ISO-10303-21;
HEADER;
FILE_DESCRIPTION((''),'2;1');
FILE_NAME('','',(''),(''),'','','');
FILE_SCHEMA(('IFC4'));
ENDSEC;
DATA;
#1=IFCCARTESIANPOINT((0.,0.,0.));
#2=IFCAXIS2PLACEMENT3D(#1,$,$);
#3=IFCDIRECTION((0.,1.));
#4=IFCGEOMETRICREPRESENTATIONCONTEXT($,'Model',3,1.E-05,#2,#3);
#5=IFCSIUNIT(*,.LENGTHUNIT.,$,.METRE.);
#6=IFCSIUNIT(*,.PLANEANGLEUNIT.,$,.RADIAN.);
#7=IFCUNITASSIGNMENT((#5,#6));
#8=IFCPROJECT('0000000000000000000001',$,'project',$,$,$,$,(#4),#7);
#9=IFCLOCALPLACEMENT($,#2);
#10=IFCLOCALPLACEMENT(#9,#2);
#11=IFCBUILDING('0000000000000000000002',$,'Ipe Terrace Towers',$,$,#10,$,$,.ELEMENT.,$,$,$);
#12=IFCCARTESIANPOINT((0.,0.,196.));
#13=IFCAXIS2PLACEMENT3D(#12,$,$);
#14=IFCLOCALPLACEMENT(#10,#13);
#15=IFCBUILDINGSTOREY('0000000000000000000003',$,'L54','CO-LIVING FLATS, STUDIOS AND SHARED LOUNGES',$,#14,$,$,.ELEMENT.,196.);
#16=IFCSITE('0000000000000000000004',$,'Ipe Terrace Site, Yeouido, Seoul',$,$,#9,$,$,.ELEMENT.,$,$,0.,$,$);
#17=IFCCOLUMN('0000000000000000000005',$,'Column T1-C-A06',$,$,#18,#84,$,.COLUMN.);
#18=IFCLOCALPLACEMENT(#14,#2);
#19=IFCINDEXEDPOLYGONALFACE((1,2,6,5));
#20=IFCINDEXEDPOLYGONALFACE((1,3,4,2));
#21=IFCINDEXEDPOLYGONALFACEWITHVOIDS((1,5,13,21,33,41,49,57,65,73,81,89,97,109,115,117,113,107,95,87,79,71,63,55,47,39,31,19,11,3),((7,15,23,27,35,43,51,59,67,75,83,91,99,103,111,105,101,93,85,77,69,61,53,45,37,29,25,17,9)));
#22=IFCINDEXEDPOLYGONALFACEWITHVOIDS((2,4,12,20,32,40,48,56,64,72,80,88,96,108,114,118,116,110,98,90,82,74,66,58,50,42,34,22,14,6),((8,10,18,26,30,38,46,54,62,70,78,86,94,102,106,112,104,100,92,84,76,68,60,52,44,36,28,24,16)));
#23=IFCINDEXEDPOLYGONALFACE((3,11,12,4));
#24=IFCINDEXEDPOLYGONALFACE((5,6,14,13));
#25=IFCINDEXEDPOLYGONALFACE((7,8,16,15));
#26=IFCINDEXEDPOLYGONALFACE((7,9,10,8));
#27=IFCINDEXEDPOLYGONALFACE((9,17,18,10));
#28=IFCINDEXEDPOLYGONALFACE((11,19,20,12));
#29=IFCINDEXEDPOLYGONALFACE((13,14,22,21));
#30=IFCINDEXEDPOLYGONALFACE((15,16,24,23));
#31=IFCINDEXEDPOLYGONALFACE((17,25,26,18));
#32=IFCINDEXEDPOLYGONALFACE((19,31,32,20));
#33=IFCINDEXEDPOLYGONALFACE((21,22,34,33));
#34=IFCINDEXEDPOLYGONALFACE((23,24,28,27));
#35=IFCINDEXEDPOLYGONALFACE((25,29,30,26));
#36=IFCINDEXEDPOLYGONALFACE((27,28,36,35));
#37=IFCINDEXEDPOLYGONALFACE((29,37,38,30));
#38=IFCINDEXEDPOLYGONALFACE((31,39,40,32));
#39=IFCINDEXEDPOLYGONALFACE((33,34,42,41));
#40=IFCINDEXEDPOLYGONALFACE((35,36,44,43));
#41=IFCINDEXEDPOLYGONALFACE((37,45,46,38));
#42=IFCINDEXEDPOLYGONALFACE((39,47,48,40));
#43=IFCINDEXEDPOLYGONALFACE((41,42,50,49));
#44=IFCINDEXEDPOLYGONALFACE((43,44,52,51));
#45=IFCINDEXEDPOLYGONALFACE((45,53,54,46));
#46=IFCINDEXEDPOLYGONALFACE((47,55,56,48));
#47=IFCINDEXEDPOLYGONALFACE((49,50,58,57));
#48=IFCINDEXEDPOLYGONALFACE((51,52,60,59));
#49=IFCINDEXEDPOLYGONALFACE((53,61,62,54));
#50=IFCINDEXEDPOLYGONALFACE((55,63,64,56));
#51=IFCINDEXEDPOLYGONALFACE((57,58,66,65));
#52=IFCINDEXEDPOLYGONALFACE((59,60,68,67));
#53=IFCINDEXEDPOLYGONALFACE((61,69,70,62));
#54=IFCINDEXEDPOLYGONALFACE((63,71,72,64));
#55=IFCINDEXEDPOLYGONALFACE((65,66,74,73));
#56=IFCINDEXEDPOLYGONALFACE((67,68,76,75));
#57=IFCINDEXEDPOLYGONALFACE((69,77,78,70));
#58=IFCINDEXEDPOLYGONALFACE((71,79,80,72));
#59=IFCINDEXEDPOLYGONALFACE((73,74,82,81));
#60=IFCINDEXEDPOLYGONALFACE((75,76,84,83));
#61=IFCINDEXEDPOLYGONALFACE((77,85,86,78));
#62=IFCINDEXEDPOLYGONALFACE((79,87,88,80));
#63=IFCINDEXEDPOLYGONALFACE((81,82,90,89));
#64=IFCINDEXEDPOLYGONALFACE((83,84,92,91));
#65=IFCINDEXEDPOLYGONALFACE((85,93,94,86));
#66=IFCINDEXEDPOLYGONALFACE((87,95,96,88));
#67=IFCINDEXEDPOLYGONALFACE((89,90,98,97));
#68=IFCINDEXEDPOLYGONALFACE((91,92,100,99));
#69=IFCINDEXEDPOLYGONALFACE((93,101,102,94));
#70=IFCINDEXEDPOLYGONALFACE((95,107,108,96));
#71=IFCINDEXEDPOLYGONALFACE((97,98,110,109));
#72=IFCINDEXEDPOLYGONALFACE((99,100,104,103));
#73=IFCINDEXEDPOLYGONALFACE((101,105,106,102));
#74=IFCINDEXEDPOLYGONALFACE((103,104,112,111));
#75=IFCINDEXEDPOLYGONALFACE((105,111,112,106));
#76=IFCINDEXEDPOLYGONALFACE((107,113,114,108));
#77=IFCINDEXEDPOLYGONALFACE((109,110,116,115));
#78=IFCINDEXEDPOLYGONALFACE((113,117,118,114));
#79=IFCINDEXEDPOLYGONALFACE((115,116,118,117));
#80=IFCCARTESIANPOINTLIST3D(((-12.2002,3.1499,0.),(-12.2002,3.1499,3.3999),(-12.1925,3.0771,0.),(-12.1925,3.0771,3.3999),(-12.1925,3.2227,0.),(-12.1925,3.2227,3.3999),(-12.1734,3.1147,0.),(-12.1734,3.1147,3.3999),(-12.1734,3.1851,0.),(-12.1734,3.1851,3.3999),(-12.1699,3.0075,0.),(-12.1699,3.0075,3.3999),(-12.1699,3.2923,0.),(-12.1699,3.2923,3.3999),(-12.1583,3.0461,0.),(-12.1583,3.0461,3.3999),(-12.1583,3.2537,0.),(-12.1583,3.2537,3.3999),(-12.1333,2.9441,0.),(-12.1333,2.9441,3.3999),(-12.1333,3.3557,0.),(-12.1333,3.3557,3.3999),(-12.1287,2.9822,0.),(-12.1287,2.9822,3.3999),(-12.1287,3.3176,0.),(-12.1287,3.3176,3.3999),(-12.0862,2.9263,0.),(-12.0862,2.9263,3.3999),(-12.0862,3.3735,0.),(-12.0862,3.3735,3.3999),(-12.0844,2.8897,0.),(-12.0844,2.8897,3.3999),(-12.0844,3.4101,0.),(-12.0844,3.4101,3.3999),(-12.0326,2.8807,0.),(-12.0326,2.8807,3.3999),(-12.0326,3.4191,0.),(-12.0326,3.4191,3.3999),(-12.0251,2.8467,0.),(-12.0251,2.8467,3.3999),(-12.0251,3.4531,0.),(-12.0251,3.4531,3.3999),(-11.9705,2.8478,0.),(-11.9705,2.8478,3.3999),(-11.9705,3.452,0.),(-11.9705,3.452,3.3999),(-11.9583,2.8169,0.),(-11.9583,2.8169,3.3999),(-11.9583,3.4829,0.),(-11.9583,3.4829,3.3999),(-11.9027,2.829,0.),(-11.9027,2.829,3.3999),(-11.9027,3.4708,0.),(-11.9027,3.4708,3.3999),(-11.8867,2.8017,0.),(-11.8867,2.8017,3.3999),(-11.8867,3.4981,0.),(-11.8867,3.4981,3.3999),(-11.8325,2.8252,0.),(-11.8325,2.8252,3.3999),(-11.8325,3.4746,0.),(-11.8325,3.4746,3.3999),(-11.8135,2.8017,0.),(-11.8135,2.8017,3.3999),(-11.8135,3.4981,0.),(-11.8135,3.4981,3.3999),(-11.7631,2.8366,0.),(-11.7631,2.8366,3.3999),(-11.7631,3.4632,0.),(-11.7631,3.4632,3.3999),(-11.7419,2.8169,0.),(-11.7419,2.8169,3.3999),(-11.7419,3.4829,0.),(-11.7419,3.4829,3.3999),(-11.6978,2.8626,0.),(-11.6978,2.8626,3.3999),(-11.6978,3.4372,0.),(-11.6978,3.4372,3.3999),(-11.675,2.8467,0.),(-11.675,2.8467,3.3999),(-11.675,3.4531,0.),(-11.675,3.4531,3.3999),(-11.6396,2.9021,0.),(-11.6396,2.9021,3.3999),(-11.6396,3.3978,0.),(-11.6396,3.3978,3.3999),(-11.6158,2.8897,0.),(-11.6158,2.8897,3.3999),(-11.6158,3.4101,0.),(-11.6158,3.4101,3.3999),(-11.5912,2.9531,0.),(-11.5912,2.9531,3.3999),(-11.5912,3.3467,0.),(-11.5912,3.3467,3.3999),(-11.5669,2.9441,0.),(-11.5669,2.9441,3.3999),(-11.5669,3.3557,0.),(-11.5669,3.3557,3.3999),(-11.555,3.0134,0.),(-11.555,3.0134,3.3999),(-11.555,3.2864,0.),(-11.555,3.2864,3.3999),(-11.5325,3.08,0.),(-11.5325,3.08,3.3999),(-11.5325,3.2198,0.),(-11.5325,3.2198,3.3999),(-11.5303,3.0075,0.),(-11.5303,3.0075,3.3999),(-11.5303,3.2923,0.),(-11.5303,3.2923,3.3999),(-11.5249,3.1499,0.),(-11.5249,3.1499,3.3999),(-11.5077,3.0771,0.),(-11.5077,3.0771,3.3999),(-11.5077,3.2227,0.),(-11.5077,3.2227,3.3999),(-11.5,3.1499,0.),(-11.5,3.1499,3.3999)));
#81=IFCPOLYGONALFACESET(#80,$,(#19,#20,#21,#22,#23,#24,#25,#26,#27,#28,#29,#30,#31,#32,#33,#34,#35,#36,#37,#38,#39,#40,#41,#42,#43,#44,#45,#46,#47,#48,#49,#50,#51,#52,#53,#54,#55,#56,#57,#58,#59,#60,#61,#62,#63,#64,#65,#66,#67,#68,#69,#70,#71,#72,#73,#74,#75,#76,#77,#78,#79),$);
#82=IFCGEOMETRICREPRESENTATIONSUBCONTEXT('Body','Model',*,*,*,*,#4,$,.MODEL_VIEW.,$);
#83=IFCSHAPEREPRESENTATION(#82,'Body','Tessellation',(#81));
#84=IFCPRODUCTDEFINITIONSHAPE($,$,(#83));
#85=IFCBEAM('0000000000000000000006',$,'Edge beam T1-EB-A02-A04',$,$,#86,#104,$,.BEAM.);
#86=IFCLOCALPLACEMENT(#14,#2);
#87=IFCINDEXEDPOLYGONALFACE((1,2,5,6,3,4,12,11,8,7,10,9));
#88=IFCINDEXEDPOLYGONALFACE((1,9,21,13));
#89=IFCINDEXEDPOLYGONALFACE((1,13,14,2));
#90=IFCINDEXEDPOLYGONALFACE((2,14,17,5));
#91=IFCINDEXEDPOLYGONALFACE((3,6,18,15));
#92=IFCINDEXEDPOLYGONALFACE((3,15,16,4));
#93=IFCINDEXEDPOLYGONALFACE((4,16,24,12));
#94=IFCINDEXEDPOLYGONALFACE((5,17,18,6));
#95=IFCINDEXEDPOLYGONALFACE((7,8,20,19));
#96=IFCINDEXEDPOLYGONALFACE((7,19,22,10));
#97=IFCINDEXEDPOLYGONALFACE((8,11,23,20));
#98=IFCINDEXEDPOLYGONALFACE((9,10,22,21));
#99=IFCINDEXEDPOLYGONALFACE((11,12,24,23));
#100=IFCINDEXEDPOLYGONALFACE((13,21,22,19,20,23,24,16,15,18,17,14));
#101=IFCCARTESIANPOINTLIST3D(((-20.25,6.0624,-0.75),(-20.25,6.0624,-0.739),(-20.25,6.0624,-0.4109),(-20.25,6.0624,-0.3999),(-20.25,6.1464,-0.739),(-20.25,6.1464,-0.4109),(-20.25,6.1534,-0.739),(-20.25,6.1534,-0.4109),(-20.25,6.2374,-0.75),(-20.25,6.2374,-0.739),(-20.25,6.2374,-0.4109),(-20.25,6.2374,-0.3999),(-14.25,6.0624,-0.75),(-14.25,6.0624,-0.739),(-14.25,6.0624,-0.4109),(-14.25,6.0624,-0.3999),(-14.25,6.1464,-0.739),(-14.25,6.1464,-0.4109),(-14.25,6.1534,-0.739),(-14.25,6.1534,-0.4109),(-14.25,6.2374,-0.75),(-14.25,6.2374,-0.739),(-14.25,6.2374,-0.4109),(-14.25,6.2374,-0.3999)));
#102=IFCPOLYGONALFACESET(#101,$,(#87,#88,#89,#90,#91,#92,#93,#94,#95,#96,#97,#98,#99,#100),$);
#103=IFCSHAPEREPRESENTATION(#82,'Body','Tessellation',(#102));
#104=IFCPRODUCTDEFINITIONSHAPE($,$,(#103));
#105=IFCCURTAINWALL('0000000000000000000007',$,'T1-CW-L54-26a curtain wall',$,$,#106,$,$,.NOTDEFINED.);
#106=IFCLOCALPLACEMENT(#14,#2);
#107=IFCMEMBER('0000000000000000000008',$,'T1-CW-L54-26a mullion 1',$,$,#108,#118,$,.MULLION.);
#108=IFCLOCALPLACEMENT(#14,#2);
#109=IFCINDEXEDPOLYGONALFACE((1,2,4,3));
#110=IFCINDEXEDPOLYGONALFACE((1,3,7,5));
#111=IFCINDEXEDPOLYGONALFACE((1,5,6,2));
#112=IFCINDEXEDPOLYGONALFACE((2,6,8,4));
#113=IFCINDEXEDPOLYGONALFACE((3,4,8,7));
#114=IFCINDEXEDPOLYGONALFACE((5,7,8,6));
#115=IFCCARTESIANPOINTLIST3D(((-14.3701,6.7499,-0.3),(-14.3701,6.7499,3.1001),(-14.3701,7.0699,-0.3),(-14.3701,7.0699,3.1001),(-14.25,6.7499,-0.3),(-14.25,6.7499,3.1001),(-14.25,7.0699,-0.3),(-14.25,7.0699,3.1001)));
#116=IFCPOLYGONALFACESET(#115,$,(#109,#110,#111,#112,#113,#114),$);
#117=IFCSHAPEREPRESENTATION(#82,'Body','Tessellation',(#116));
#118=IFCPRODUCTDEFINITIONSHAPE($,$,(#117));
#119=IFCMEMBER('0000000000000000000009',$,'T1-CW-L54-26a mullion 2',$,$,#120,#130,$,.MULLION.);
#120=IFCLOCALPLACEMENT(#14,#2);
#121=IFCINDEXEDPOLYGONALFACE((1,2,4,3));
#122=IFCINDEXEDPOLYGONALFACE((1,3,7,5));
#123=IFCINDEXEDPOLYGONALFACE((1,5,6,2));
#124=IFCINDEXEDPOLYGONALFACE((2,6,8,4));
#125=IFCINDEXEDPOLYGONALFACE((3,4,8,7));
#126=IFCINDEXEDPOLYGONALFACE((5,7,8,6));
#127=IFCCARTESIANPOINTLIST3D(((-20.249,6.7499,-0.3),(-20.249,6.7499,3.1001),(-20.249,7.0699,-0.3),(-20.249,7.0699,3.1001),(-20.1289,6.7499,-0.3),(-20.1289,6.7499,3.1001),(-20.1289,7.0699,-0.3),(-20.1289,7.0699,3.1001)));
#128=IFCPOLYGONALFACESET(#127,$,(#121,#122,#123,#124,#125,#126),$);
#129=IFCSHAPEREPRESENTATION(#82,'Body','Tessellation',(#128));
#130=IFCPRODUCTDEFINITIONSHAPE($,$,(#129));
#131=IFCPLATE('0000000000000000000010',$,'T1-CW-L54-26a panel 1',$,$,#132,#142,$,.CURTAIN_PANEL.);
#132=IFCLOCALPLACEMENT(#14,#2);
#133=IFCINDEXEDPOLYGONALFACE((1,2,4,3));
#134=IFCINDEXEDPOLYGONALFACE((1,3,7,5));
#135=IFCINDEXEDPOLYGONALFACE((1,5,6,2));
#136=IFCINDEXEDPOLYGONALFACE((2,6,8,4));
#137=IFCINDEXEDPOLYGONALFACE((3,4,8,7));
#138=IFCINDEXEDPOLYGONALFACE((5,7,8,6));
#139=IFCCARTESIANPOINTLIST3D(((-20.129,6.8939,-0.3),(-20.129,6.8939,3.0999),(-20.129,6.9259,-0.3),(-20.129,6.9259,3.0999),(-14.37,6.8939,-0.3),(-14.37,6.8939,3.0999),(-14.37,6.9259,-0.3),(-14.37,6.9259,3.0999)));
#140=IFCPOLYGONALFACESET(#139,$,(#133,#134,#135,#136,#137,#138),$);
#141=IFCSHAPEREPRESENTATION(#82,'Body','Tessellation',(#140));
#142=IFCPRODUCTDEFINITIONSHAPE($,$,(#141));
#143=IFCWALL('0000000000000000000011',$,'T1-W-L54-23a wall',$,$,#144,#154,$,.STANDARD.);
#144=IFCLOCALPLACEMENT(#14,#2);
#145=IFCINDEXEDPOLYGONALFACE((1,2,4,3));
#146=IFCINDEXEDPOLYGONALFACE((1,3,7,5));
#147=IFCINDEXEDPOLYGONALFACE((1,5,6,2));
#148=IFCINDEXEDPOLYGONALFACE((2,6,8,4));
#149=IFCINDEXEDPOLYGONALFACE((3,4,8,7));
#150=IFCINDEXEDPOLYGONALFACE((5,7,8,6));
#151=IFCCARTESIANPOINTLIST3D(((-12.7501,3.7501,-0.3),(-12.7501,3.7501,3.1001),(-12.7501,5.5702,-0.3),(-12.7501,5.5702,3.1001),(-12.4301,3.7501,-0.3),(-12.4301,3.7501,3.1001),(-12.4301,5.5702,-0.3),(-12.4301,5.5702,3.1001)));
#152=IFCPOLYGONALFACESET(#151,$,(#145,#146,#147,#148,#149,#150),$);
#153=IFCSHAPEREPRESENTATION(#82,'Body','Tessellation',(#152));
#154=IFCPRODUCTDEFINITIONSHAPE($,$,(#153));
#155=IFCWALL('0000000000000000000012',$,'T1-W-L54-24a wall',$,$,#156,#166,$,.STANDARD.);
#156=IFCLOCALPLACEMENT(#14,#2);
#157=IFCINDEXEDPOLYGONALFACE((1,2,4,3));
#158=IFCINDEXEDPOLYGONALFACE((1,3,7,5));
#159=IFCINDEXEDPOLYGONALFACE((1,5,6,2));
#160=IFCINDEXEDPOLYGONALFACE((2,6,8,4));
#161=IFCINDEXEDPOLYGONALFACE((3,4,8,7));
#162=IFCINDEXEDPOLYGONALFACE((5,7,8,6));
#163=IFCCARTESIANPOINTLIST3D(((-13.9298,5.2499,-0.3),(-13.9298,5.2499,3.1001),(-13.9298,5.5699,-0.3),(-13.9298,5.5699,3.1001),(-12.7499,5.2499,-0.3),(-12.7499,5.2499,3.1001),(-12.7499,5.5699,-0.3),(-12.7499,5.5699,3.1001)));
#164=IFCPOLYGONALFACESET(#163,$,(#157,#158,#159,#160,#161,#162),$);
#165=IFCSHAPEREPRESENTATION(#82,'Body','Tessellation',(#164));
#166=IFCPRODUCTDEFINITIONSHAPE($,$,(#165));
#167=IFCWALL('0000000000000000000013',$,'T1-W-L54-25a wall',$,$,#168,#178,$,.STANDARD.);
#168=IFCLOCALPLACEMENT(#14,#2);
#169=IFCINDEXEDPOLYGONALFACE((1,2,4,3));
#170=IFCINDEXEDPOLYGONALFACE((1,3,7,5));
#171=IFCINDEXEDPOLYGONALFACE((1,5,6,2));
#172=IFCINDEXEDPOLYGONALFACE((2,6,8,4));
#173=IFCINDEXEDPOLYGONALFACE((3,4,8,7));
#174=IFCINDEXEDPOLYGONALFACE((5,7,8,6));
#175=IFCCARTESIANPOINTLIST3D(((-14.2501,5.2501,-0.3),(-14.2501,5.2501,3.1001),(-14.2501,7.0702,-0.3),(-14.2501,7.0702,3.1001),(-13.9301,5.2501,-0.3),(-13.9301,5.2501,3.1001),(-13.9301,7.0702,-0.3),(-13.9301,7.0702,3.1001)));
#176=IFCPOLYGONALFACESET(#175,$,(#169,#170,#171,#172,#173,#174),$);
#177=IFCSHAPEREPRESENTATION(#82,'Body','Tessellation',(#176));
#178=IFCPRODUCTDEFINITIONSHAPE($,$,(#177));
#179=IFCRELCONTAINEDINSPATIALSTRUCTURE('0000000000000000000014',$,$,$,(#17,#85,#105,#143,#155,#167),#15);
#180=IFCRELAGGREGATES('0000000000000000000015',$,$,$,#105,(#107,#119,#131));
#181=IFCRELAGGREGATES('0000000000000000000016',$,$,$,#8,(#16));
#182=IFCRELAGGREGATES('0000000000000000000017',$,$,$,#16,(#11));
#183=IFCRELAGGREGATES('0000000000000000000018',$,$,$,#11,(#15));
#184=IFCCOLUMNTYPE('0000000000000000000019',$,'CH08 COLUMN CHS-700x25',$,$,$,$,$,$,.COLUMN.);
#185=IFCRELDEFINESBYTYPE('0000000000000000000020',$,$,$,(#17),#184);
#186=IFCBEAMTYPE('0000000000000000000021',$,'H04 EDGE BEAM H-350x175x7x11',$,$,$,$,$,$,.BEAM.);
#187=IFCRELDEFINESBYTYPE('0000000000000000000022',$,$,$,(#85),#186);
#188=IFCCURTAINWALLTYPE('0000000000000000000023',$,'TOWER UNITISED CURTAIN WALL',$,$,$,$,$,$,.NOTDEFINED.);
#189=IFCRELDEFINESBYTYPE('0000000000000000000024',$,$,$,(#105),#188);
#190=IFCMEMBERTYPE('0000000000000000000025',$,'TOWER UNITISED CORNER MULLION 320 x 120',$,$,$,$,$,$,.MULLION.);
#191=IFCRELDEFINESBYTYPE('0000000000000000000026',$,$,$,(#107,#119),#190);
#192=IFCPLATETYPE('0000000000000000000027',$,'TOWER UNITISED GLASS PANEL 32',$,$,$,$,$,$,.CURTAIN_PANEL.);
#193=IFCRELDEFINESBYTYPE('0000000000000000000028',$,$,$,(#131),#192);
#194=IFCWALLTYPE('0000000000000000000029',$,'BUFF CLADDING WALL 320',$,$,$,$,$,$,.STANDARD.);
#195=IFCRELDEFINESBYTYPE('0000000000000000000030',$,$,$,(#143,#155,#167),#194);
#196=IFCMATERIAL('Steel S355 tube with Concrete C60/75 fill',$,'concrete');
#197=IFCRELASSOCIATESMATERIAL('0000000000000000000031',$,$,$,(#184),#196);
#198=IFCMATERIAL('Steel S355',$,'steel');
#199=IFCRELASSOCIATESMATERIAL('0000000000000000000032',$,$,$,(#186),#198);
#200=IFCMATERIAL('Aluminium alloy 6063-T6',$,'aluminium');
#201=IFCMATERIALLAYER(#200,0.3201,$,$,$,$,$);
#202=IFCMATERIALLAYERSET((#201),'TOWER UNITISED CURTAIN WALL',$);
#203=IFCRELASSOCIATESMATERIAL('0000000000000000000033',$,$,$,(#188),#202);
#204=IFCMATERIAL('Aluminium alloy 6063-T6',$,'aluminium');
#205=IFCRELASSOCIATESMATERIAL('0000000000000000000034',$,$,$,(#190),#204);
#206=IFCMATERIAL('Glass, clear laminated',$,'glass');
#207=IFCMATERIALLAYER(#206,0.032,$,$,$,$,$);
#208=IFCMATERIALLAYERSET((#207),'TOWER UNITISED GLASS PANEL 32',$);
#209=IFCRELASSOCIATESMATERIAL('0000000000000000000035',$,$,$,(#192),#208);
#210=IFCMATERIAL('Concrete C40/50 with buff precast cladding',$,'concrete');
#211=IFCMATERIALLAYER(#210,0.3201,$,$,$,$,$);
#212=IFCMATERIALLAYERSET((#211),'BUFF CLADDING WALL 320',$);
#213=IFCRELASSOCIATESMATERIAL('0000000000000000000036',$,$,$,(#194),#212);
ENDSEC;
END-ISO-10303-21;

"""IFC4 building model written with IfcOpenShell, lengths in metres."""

from ifc_helpers import new_model, si_unit, direction, frame, frame_2d, origin, origin_2d, place, context, subcontext, project, spatial, rectangle, hollow_circle, i_section, extrude, material, layer, layer_set, material_profile, profile_set, type_object, element, aggregate, save


model = new_model("IFC4")

# Units and contexts
model_context = context("Model", 3, precision=1e-05, world=origin(), true_north=direction((0.0, 1.0)))
body_context = subcontext(model_context, "Body", "Model", "MODEL_VIEW")
ifc_project = project(units=[si_unit("LENGTHUNIT", "METRE"), si_unit("PLANEANGLEUNIT", "RADIAN")], contexts=[model_context])

# Site, building, storey
site_placement = place(None, origin())
site = spatial("IfcSite", under=ifc_project, at=site_placement, Name="Ipe Terrace Site, Yeouido, Seoul", CompositionType="ELEMENT", RefElevation=0.0)
building_placement = place(site_placement, origin())
building = spatial("IfcBuilding", under=site, at=building_placement, Name="Ipe Terrace Towers", CompositionType="ELEMENT")
storey_placement = place(building_placement, frame((0.0, 0.0, 196.0)))
storey = spatial("IfcBuildingStorey", under=building, at=storey_placement, Name="L54", Description="CO-LIVING FLATS, STUDIOS AND SHARED LOUNGES", CompositionType="ELEMENT", Elevation=196.0)

# Column
ifc_material_1 = material(Name="Steel S355 tube with Concrete C60/75 fill", Category="concrete")
ifc_material_profile_1 = material_profile(ifc_material_1, hollow_circle(Radius=0.3501, WallThickness=0.0249, at=origin_2d()), Name="CHS-700x25")
ifc_profile_set_1 = profile_set([ifc_material_profile_1], Name="Steel S355 tube with Concrete C60/75 fill")
column_type = type_object("IfcColumnType", Name="CH08 COLUMN CHS-700x25", PredefinedType="COLUMN", material=ifc_profile_set_1)
for number, where, z_axis, x_axis, name in (
    (1, (-11.8501, 3.1499, 0.0), (0.0, 0.0, 1.0), (1.0, 0.0, 0.0), "Column T1-C-A06"),
):
    element("IfcColumn", number, at=place(storey_placement, frame(where, z_axis=z_axis, x_axis=x_axis)), inside=storey, type_object=column_type, Name=name, PredefinedType="COLUMN", context=body_context, shape_type="SweptSolid", body=[
        extrude(hollow_circle(Radius=0.3501, WallThickness=0.0249, at=origin_2d()), origin(), (0.0, 0.0, 1.0), 3.3999),
    ])

# Beam
ifc_material_2 = material(Name="Steel S355", Category="steel")
ifc_material_profile_2 = material_profile(ifc_material_2, i_section(OverallWidth=0.175, OverallDepth=0.3501, WebThickness=0.0071, FlangeThickness=0.011, at=origin_2d()), Name="H-350x175x7x11")
ifc_profile_set_2 = profile_set([ifc_material_profile_2], Name="Steel S355")
beam_type = type_object("IfcBeamType", Name="H04 EDGE BEAM H-350x175x7x11", PredefinedType="BEAM", material=ifc_profile_set_2)
beam_placement = place(storey_placement, frame((-20.25, 6.1499, -0.575), z_axis=(1.0, 0.0, 0.0), x_axis=(0.0, 1.0, 0.0)))
element("IfcBeam", 2, at=beam_placement, inside=storey, type_object=beam_type, Name="Edge beam T1-EB-A02-A04", PredefinedType="BEAM", context=body_context, shape_type="SweptSolid", body=[
    extrude(i_section(OverallWidth=0.175, OverallDepth=0.3501, WebThickness=0.0071, FlangeThickness=0.011, at=origin_2d()), origin(), (0.0, 0.0, 1.0), 6.0),
])

# Curtain wall, members, plate
ifc_material_3 = material(Name="Aluminium alloy 6063-T6", Category="aluminium")
ifc_layer_1 = layer(ifc_material_3, 0.3201)
ifc_layer_set_1 = layer_set([ifc_layer_1], Name="TOWER UNITISED CURTAIN WALL")
curtain_wall_type = type_object("IfcCurtainWallType", Name="TOWER UNITISED CURTAIN WALL", PredefinedType="NOTDEFINED", material=ifc_layer_set_1)
curtain_wall_placement = place(storey_placement, origin())
curtain_wall = element("IfcCurtainWall", 3, at=curtain_wall_placement, inside=storey, type_object=curtain_wall_type, Name="T1-CW-L54-26a curtain wall", PredefinedType="NOTDEFINED")
ifc_material_4 = material(Name="Aluminium alloy 6063-T6", Category="aluminium")
ifc_material_profile_3 = material_profile(ifc_material_4, rectangle(XDim=0.3201, YDim=0.1201, at=origin_2d()), Name="TOWER UNITISED CORNER MULLION 320 x 120")
ifc_profile_set_3 = profile_set([ifc_material_profile_3], Name="Aluminium alloy 6063-T6")
member_type = type_object("IfcMemberType", Name="TOWER UNITISED CORNER MULLION 320 x 120", PredefinedType="MULLION", material=ifc_profile_set_3)
member_1_placement = place(storey_placement, frame((-14.3101, 6.9099, -0.3), z_axis=(0.0, 0.0, 1.0), x_axis=(0.0, 1.0, 0.0)))
member_1 = element("IfcMember", 4, at=member_1_placement, type_object=member_type, Name="T1-CW-L54-26a mullion 1", PredefinedType="MULLION", context=body_context, shape_type="SweptSolid", body=[
    extrude(rectangle(XDim=0.3201, YDim=0.1201, at=origin_2d()), origin(), (0.0, 0.0, 1.0), 3.4001),
])
member_2_placement = place(storey_placement, frame((-20.189, 6.9099, -0.3), z_axis=(0.0, 0.0, 1.0), x_axis=(0.0, 1.0, 0.0)))
member_2 = element("IfcMember", 5, at=member_2_placement, type_object=member_type, Name="T1-CW-L54-26a mullion 2", PredefinedType="MULLION", context=body_context, shape_type="SweptSolid", body=[
    extrude(rectangle(XDim=0.3201, YDim=0.1201, at=origin_2d()), origin(), (0.0, 0.0, 1.0), 3.4001),
])
ifc_material_5 = material(Name="Glass, clear laminated", Category="glass")
ifc_layer_2 = layer(ifc_material_5, 0.032)
ifc_layer_set_2 = layer_set([ifc_layer_2], Name="TOWER UNITISED GLASS PANEL 32")
plate_type = type_object("IfcPlateType", Name="TOWER UNITISED GLASS PANEL 32", PredefinedType="CURTAIN_PANEL", material=ifc_layer_set_2)
plate_placement = place(storey_placement, frame((-17.2495, 6.9099, -0.3), z_axis=(0.0, 0.0, 1.0), x_axis=(-1.0, 0.0, 0.0)))
plate = element("IfcPlate", 6, at=plate_placement, type_object=plate_type, Name="T1-CW-L54-26a panel 1", PredefinedType="CURTAIN_PANEL", context=body_context, shape_type="SweptSolid", body=[
    extrude(rectangle(XDim=5.759, YDim=0.032, at=origin_2d()), origin(), (0.0, 0.0, 1.0), 3.3999),
])
aggregate(curtain_wall, [member_1, member_2, plate])

# Walls
ifc_material_6 = material(Name="Concrete C40/50 with buff precast cladding", Category="concrete")
ifc_layer_3 = layer(ifc_material_6, 0.3201)
ifc_layer_set_3 = layer_set([ifc_layer_3], Name="BUFF CLADDING WALL 320")
wall_type_1 = type_object("IfcWallType", Name="BUFF CLADDING WALL 320", PredefinedType="STANDARD", material=ifc_layer_set_3)
wall_1_placement = place(storey_placement, frame((-12.5901, 3.75, -0.3), z_axis=(0.0, 0.0, 1.0), x_axis=(0.0, 1.0, 0.0)))
element("IfcWall", 7, at=wall_1_placement, inside=storey, type_object=wall_type_1, Name="T1-W-L54-23a wall", PredefinedType="STANDARD", context=body_context, shape_type="SweptSolid", body=[
    extrude(rectangle(XDim=1.8201, YDim=0.3201, at=frame_2d((0.9102, 0.0))), origin(), (0.0, 0.0, 1.0), 3.4001),
])
wall_2_placement = place(storey_placement, frame((-12.75, 5.4099, -0.3), z_axis=(0.0, 0.0, 1.0), x_axis=(-1.0, 0.0, 0.0)))
element("IfcWall", 8, at=wall_2_placement, inside=storey, type_object=wall_type_1, Name="T1-W-L54-24a wall", PredefinedType="STANDARD", context=body_context, shape_type="SweptSolid", body=[
    extrude(rectangle(XDim=1.1799, YDim=0.3201, at=frame_2d((0.5898, 0.0))), origin(), (0.0, 0.0, 1.0), 3.4001),
])
wall_3_placement = place(storey_placement, frame((-14.0901, 5.25, -0.3), z_axis=(0.0, 0.0, 1.0), x_axis=(0.0, 1.0, 0.0)))
element("IfcWall", 9, at=wall_3_placement, inside=storey, type_object=wall_type_1, Name="T1-W-L54-25a wall", PredefinedType="STANDARD", context=body_context, shape_type="SweptSolid", body=[
    extrude(rectangle(XDim=1.8201, YDim=0.3201, at=frame_2d((0.9102, 0.0))), origin(), (0.0, 0.0, 1.0), 3.4001),
])

save(model, "model.ifc")
